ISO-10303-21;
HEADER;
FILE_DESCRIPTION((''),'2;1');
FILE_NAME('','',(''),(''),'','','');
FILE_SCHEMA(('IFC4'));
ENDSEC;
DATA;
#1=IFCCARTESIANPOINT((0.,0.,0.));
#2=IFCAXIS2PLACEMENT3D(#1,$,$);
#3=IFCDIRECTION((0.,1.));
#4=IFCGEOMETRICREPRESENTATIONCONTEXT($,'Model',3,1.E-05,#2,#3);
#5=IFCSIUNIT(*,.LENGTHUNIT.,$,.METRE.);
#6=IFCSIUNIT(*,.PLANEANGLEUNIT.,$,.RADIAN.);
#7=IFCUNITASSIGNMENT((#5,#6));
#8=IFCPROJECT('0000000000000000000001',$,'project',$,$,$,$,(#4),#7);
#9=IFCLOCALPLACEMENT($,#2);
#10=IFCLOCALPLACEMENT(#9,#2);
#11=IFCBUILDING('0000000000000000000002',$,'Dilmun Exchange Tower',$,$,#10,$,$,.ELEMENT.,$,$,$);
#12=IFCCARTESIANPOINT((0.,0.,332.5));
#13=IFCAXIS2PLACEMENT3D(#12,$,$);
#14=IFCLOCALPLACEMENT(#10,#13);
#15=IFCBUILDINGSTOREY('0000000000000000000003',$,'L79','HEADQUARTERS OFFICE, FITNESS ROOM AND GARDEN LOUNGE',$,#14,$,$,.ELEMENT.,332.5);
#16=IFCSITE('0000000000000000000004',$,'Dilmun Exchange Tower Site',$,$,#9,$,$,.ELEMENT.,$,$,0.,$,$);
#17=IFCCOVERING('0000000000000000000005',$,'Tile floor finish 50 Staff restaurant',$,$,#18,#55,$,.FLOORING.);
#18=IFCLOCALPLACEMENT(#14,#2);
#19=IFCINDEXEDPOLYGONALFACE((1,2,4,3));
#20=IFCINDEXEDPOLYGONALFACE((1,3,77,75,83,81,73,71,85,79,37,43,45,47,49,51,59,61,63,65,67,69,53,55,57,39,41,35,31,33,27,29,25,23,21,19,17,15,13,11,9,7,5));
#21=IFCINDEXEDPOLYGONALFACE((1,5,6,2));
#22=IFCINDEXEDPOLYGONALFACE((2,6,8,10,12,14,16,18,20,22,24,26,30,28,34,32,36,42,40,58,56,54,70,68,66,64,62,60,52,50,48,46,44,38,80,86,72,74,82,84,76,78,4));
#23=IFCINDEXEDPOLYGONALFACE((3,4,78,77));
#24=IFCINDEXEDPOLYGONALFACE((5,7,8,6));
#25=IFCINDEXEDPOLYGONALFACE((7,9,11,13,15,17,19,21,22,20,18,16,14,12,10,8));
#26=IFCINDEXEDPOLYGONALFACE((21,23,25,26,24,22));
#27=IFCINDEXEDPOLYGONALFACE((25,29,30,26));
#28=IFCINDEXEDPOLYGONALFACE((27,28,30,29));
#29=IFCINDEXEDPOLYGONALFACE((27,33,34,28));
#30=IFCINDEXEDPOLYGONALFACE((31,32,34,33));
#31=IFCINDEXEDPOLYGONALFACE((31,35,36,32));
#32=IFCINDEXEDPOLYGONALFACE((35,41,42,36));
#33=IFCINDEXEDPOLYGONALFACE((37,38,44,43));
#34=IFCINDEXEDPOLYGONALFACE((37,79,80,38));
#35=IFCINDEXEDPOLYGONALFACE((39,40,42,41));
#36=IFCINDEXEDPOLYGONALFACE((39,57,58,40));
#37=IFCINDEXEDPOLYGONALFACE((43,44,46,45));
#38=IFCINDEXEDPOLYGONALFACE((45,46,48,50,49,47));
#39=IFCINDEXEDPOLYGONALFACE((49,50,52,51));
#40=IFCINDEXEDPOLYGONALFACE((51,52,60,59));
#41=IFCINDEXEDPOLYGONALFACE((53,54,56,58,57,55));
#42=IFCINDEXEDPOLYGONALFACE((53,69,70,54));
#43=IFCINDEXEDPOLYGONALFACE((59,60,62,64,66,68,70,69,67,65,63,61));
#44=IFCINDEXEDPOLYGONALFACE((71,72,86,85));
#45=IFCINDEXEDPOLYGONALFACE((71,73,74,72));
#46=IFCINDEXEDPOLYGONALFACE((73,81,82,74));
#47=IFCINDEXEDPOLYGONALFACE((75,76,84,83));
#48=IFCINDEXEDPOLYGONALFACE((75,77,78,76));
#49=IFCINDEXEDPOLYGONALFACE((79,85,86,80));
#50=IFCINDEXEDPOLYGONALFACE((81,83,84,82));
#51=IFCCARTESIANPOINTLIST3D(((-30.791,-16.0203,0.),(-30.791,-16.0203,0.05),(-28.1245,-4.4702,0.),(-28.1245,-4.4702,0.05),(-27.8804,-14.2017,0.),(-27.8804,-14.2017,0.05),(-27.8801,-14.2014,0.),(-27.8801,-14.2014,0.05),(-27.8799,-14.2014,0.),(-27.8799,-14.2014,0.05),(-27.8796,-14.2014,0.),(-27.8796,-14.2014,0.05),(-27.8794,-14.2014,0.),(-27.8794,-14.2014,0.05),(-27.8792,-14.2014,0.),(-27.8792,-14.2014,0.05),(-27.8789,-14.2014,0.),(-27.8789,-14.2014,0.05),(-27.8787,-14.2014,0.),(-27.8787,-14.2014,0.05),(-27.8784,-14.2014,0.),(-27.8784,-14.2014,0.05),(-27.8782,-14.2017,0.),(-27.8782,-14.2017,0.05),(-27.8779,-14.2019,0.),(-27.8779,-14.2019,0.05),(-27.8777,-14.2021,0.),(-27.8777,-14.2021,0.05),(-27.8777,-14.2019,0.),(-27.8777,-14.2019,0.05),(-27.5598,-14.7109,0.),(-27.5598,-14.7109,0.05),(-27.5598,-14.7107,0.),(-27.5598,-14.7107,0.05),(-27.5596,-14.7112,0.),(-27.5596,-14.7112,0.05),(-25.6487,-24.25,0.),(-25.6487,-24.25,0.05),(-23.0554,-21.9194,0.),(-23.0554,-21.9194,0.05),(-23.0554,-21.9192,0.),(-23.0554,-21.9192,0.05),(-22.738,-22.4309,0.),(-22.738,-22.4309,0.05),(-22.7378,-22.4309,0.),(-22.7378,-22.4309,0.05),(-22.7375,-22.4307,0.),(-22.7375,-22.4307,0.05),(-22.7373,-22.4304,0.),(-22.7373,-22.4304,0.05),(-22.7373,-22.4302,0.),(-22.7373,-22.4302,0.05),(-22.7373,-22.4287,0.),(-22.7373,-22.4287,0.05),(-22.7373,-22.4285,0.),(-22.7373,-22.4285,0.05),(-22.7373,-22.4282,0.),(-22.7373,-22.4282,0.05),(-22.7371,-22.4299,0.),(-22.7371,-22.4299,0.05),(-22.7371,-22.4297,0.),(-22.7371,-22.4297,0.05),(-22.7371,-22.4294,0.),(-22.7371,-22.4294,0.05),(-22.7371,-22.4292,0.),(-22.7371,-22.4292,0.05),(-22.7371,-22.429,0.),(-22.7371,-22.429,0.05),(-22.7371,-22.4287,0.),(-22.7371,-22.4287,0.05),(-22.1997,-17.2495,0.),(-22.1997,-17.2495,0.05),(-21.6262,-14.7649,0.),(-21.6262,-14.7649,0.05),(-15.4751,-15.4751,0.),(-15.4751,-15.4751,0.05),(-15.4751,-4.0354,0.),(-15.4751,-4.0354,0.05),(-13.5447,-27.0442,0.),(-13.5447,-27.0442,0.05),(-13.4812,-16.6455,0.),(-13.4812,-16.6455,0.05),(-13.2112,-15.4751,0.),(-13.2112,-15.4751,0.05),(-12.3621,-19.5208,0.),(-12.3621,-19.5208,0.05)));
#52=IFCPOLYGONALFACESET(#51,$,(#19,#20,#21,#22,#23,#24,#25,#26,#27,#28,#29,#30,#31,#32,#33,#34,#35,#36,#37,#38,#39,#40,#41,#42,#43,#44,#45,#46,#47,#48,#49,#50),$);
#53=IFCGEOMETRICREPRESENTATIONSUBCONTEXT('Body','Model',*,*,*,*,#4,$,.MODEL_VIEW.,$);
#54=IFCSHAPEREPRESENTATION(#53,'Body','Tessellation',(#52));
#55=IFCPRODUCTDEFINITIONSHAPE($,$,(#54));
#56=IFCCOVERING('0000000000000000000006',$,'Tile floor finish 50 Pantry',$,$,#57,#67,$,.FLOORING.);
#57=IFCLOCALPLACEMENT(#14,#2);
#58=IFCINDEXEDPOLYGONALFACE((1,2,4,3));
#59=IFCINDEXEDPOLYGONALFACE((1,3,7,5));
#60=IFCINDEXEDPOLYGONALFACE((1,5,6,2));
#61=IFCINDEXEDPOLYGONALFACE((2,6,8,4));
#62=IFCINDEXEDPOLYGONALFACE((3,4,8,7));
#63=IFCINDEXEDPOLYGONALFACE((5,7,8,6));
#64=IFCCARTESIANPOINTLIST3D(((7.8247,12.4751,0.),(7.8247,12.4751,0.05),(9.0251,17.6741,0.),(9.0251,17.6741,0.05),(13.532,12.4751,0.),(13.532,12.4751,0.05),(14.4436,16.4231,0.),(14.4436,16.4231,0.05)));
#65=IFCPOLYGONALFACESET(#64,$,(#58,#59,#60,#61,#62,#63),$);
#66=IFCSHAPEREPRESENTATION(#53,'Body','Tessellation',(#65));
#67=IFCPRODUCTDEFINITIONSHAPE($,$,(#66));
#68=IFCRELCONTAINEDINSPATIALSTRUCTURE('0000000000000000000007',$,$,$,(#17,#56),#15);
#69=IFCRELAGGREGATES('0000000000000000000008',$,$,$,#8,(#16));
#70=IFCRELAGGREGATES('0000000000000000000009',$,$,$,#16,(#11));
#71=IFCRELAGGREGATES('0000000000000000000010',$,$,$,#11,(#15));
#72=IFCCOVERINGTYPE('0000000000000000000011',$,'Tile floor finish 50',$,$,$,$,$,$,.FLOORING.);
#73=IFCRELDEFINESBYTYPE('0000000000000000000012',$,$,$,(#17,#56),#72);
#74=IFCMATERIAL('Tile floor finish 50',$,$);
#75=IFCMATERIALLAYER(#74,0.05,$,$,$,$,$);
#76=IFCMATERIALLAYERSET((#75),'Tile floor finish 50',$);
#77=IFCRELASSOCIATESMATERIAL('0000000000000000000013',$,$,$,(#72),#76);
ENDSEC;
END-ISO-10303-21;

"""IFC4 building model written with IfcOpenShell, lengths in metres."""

from ifc_helpers import new_model, si_unit, direction, frame, origin, place, context, subcontext, project, spatial, polyline, outline, extrude, material, layer, layer_set, type_object, element, save


model = new_model("IFC4")

# Units and contexts
model_context = context("Model", 3, precision=1e-05, world=origin(), true_north=direction((0.0, 1.0)))
body_context = subcontext(model_context, "Body", "Model", "MODEL_VIEW")
ifc_project = project(units=[si_unit("LENGTHUNIT", "METRE"), si_unit("PLANEANGLEUNIT", "RADIAN")], contexts=[model_context])

# Site, building, storey
site_placement = place(None, origin())
site = spatial("IfcSite", under=ifc_project, at=site_placement, Name="Dilmun Exchange Tower Site", CompositionType="ELEMENT", RefElevation=0.0)
building_placement = place(site_placement, origin())
building = spatial("IfcBuilding", under=site, at=building_placement, Name="Dilmun Exchange Tower", CompositionType="ELEMENT")
storey_placement = place(building_placement, frame((0.0, 0.0, 332.5)))
storey = spatial("IfcBuildingStorey", under=building, at=storey_placement, Name="L79", Description="HEADQUARTERS OFFICE, FITNESS ROOM AND GARDEN LOUNGE", CompositionType="ELEMENT", Elevation=332.5)

# Coverings
ifc_material_1 = material(Name="Tile floor finish 50")
ifc_layer_1 = layer(ifc_material_1, 0.05)
ifc_layer_set_1 = layer_set([ifc_layer_1], Name="Tile floor finish 50")
covering_type_1 = type_object("IfcCoveringType", Name="Tile floor finish 50", PredefinedType="FLOORING", material=ifc_layer_set_1)
covering_1_placement = place(storey_placement, origin())
element("IfcCovering", 1, at=covering_1_placement, inside=storey, type_object=covering_type_1, Name="Tile floor finish 50 Staff restaurant", PredefinedType="FLOORING", context=body_context, shape_type="SweptSolid", body=[
    extrude(outline(polyline([(-12.3621, -19.5208), (-13.5447, -27.0442), (-25.6487, -24.25), (-22.738, -22.4309), (-22.7378, -22.4309), (-22.7378, -22.4309), (-22.7375, -22.4307), (-22.7373, -22.4304), (-22.7373, -22.4304), (-22.7373, -22.4302), (-22.7371, -22.4299), (-22.7371, -22.4297), (-22.7371, -22.4297), (-22.7371, -22.4294), (-22.7371, -22.4292), (-22.7371, -22.429), (-22.7371, -22.4287), (-22.7373, -22.4287), (-22.7373, -22.4285), (-22.7373, -22.4282), (-23.0554, -21.9194), (-23.0554, -21.9192), (-23.0554, -21.9192), (-27.5596, -14.7112), (-27.5598, -14.7109), (-27.5598, -14.7107), (-27.8777, -14.2021), (-27.8777, -14.2021), (-27.8777, -14.2019), (-27.8779, -14.2019), (-27.8782, -14.2017), (-27.8784, -14.2014), (-27.8784, -14.2014), (-27.8787, -14.2014), (-27.8789, -14.2014), (-27.8789, -14.2014), (-27.8792, -14.2014), (-27.8794, -14.2014), (-27.8796, -14.2014), (-27.8799, -14.2014), (-27.8799, -14.2014), (-27.8801, -14.2014), (-27.8804, -14.2017), (-30.791, -16.0203), (-28.1245, -4.4702), (-15.4751, -4.0354), (-15.4751, -15.4751), (-13.2112, -15.4751), (-13.4812, -16.6455), (-21.6262, -14.7649), (-22.1997, -17.2495), (-12.3621, -19.5208)])), origin(), (0.0, 0.0, 1.0), 0.05),
])
covering_2_placement = place(storey_placement, origin())
element("IfcCovering", 2, at=covering_2_placement, inside=storey, type_object=covering_type_1, Name="Tile floor finish 50 Pantry", PredefinedType="FLOORING", context=body_context, shape_type="SweptSolid", body=[
    extrude(outline(polyline([(14.4436, 16.4231), (13.532, 12.4751), (7.8247, 12.4751), (9.0251, 17.6741), (14.4436, 16.4231)])), origin(), (0.0, 0.0, 1.0), 0.05),
])

save(model, "model.ifc")
